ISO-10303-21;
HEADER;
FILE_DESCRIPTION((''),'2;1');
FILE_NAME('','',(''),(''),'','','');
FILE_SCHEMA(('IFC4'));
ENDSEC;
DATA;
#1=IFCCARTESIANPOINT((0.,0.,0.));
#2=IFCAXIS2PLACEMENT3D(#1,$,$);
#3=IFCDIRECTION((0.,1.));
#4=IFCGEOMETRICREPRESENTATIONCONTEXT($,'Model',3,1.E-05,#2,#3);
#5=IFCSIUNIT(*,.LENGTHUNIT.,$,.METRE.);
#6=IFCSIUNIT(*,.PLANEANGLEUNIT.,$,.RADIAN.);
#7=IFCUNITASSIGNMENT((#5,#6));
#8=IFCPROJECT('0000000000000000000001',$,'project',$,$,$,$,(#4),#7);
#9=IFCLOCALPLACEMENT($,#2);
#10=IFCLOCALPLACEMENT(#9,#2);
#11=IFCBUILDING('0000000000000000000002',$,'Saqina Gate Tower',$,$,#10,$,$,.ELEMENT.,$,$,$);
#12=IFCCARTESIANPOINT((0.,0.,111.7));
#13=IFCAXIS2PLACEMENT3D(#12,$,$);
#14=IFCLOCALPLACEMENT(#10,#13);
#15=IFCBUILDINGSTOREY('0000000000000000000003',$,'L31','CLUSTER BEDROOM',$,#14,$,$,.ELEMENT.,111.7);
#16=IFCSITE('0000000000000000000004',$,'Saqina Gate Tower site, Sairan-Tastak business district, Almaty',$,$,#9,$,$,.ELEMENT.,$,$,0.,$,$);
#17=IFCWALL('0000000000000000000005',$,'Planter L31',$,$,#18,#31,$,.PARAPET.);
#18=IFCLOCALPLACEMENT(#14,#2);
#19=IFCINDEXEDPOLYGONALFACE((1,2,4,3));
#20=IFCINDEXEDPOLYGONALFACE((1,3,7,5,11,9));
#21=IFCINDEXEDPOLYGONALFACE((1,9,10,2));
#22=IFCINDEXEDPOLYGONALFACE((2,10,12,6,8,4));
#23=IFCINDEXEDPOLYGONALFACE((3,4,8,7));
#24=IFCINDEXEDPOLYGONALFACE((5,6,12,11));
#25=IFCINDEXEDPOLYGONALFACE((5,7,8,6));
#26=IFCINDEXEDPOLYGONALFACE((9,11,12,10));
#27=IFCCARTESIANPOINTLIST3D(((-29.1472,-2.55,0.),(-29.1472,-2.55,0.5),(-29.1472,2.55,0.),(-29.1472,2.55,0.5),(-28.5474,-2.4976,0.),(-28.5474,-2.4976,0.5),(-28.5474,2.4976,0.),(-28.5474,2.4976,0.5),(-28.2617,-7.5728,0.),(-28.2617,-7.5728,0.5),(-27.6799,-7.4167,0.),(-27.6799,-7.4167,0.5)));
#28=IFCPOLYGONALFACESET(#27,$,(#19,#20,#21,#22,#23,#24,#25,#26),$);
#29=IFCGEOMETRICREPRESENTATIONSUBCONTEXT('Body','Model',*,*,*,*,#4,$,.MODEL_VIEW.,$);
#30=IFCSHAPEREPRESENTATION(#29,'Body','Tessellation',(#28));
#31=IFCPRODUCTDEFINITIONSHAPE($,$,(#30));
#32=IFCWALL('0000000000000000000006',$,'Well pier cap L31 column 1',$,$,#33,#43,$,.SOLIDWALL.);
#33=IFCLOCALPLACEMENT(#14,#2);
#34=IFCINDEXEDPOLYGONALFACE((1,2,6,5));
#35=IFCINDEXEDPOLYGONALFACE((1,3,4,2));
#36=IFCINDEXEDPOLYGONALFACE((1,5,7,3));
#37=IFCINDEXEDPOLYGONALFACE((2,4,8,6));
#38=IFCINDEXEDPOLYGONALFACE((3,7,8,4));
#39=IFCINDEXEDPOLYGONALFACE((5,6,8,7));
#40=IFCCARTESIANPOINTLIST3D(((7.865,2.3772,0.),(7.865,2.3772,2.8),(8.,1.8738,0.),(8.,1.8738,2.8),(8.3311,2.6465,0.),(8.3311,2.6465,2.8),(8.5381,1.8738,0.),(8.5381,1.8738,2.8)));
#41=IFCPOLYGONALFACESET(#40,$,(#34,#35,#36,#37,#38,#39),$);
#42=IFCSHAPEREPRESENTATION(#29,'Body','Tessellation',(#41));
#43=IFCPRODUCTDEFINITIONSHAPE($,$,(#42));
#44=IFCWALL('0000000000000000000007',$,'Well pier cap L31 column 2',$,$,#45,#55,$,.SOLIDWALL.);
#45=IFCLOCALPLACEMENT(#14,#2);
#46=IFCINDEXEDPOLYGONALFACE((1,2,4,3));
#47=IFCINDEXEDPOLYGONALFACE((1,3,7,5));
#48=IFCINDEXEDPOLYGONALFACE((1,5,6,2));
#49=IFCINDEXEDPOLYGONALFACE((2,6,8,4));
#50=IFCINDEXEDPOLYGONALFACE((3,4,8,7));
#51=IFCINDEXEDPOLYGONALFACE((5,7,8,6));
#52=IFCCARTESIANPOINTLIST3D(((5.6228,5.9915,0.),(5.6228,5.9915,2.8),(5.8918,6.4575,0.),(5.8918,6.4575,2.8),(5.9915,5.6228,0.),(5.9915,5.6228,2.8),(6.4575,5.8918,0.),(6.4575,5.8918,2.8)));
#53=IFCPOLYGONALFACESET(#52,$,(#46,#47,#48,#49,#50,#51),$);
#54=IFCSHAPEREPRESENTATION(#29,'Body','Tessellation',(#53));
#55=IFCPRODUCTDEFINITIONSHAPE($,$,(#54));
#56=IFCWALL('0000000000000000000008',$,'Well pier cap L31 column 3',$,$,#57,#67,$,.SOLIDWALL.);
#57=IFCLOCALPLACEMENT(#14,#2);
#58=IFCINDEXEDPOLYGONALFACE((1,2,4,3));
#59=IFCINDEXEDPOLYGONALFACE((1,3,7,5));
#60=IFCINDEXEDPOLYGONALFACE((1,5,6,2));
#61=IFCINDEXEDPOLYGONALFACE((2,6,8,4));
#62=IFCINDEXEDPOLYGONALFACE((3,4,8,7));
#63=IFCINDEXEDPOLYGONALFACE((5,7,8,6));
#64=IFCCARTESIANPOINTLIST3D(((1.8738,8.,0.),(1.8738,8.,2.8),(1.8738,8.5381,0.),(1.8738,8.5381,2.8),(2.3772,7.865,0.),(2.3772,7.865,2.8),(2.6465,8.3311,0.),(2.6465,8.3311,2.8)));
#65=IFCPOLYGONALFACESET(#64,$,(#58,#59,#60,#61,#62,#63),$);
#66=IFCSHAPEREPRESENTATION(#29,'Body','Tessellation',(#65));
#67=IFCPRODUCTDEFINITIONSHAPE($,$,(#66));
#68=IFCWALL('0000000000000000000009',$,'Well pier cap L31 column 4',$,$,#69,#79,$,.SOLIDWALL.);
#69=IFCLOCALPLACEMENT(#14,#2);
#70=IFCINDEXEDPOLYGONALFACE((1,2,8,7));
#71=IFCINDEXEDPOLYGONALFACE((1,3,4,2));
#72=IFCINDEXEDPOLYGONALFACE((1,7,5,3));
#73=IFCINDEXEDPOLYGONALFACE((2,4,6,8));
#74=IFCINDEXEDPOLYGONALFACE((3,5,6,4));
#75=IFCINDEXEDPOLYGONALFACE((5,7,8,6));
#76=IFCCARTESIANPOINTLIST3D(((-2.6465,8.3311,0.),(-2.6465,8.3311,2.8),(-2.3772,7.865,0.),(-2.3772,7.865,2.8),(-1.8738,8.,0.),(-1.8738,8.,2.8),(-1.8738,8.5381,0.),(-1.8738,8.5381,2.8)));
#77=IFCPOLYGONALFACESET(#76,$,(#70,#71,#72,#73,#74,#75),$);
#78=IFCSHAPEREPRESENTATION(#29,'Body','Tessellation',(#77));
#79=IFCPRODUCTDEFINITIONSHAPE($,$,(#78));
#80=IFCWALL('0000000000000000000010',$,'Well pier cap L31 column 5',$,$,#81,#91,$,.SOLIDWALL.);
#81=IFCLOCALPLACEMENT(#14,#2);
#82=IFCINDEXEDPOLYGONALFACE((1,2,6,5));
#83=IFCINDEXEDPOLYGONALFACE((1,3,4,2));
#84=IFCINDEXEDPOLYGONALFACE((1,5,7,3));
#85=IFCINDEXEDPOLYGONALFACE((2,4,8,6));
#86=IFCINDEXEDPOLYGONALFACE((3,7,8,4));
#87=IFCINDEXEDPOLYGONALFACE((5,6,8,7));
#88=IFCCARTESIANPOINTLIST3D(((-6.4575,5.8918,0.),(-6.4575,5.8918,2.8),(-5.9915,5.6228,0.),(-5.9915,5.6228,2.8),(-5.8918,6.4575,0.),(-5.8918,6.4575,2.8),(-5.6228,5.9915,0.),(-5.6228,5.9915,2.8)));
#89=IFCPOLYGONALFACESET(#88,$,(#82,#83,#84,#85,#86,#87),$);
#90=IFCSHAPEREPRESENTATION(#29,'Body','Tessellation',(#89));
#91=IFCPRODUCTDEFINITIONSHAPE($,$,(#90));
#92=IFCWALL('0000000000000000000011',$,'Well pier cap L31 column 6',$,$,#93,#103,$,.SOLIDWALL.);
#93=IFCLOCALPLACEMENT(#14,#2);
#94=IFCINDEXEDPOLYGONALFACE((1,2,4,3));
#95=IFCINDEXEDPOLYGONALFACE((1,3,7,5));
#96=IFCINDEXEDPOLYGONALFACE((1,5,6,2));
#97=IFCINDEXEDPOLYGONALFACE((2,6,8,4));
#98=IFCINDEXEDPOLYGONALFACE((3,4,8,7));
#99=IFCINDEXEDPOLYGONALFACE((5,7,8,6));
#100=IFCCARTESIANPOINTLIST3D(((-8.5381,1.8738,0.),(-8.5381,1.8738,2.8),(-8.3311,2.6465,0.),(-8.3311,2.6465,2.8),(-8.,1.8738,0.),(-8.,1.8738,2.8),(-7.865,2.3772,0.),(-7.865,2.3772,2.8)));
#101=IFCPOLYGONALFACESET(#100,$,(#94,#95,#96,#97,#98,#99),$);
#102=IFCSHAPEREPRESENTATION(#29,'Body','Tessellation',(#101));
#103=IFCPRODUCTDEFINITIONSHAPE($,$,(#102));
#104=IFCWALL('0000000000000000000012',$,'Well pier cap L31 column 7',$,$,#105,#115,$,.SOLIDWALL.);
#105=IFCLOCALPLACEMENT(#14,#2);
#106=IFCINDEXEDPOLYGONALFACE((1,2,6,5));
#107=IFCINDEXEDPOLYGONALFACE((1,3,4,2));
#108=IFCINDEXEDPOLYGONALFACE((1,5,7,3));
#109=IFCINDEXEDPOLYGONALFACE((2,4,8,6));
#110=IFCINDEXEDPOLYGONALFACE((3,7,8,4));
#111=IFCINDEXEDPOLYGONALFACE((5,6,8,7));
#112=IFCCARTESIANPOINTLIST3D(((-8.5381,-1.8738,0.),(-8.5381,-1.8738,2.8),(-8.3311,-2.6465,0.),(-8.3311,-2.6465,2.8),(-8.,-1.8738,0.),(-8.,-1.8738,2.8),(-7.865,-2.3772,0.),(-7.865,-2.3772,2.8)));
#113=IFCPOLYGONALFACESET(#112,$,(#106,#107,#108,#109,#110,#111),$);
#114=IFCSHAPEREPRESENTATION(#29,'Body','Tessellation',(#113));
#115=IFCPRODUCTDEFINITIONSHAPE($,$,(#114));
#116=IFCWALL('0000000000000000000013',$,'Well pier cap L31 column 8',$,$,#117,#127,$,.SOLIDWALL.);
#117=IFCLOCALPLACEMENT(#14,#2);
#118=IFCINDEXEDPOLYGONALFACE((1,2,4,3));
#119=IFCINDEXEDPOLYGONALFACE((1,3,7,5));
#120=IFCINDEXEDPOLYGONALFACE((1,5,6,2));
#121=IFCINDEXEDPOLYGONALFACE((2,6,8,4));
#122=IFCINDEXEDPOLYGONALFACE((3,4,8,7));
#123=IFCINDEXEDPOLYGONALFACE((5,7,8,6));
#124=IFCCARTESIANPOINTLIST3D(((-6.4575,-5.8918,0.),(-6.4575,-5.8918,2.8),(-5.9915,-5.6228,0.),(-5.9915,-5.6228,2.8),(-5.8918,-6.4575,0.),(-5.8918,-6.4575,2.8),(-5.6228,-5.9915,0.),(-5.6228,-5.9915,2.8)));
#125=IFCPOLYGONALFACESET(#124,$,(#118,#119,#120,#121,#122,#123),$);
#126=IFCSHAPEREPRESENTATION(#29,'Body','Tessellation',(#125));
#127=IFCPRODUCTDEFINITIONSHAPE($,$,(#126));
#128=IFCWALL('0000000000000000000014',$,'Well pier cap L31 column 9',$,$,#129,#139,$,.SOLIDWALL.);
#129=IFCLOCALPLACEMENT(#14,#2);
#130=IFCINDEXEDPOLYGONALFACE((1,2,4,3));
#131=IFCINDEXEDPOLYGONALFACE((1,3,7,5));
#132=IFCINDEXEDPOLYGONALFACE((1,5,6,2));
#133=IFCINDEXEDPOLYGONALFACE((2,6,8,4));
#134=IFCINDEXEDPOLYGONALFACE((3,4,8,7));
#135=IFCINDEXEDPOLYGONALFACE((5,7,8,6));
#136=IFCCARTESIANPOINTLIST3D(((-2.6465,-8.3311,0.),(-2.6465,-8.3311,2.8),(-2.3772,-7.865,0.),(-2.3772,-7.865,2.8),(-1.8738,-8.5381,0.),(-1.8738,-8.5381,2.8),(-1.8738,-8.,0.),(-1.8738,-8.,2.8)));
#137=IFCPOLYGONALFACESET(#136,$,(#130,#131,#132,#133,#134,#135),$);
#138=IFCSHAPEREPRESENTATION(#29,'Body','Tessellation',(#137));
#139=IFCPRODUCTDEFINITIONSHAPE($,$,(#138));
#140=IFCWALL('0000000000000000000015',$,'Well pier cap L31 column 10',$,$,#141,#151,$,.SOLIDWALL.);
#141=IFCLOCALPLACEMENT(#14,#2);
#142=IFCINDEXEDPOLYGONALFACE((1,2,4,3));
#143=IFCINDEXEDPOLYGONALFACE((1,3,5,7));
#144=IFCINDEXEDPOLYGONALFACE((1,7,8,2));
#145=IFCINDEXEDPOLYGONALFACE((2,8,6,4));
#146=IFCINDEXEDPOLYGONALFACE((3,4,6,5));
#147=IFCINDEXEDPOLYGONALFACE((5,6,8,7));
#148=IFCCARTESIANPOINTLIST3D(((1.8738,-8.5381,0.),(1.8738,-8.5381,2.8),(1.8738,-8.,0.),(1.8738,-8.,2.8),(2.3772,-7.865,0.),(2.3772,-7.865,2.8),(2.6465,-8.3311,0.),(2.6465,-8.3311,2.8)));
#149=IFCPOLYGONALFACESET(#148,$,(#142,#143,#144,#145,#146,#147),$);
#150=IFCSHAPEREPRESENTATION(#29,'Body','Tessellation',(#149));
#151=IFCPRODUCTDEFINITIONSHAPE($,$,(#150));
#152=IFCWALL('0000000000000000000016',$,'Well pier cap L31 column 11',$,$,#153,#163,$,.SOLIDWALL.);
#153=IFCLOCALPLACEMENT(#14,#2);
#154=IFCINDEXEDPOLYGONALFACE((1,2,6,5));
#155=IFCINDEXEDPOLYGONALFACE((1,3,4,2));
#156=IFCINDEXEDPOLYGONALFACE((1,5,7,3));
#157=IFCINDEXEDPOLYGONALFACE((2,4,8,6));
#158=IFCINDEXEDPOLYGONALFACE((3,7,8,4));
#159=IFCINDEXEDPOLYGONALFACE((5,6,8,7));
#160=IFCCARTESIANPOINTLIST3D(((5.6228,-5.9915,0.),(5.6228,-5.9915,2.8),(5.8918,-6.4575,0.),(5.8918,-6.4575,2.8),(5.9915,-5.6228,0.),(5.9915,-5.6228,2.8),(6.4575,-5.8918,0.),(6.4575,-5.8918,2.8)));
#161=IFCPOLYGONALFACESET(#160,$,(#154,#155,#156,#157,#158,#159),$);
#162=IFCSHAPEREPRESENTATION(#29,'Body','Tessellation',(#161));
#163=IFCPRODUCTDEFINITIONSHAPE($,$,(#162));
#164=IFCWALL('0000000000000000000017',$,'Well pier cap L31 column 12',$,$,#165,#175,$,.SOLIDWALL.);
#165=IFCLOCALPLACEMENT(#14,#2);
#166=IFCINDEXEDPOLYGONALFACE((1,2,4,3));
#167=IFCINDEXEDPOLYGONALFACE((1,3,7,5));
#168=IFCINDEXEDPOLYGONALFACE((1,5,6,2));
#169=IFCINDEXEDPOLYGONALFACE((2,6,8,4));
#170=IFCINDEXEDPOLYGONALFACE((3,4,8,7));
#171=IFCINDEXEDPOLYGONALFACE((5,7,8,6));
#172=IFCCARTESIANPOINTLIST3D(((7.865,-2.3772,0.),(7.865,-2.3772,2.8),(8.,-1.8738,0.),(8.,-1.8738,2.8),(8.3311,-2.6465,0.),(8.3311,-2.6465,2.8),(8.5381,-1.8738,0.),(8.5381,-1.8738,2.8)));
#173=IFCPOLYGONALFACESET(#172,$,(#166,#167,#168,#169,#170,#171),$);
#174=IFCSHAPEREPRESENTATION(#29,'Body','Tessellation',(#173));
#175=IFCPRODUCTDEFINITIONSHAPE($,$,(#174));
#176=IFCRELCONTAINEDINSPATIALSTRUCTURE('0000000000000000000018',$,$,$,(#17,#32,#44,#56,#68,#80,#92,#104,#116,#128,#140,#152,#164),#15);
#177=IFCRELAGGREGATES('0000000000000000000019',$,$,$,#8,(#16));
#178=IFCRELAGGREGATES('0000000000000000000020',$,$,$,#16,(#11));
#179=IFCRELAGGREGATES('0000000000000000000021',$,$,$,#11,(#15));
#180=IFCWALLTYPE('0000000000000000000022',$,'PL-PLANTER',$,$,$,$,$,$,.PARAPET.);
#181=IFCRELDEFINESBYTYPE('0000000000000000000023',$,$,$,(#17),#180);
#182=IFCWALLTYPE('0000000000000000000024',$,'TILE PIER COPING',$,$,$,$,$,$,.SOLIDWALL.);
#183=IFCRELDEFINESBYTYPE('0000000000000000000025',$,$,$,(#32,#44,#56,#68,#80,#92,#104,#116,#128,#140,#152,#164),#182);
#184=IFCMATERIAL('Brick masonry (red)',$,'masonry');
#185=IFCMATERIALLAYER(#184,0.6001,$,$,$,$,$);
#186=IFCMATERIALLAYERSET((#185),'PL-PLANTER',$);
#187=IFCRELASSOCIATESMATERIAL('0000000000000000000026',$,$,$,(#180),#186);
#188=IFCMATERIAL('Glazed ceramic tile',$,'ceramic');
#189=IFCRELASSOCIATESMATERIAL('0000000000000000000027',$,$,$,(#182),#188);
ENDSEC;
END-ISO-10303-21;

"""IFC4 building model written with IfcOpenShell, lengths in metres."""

from ifc_helpers import new_model, si_unit, direction, frame, origin, place, context, subcontext, project, spatial, polyline, outline, extrude, material, layer, layer_set, type_object, element, save


model = new_model("IFC4")

# Units and contexts
model_context = context("Model", 3, precision=1e-05, world=origin(), true_north=direction((0.0, 1.0)))
body_context = subcontext(model_context, "Body", "Model", "MODEL_VIEW")
ifc_project = project(units=[si_unit("LENGTHUNIT", "METRE"), si_unit("PLANEANGLEUNIT", "RADIAN")], contexts=[model_context])

# Site, building, storey
site_placement = place(None, origin())
site = spatial("IfcSite", under=ifc_project, at=site_placement, Name="Saqina Gate Tower site, Sairan-Tastak business district, Almaty", CompositionType="ELEMENT", RefElevation=0.0)
building_placement = place(site_placement, origin())
building = spatial("IfcBuilding", under=site, at=building_placement, Name="Saqina Gate Tower", CompositionType="ELEMENT")
storey_placement = place(building_placement, frame((0.0, 0.0, 111.7)))
storey = spatial("IfcBuildingStorey", under=building, at=storey_placement, Name="L31", Description="CLUSTER BEDROOM", CompositionType="ELEMENT", Elevation=111.7)

# Walls
ifc_material_1 = material(Name="Brick masonry (red)", Category="masonry")
ifc_layer_1 = layer(ifc_material_1, 0.6001)
ifc_layer_set_1 = layer_set([ifc_layer_1], Name="PL-PLANTER")
wall_type_1 = type_object("IfcWallType", Name="PL-PLANTER", PredefinedType="PARAPET", material=ifc_layer_set_1)
wall_1_placement = place(storey_placement, origin())
element("IfcWall", 1, at=wall_1_placement, inside=storey, type_object=wall_type_1, Name="Planter L31", PredefinedType="PARAPET", context=body_context, shape_type="SweptSolid", body=[
    extrude(outline(polyline([(-29.1472, 2.55), (-29.1472, -2.55), (-28.2617, -7.5728), (-27.6799, -7.4167), (-28.5474, -2.4976), (-28.5474, 2.4976), (-29.1472, 2.55)])), origin(), (0.0, 0.0, 1.0), 0.5),
])
ifc_material_2 = material(Name="Glazed ceramic tile", Category="ceramic")
wall_type_2 = type_object("IfcWallType", Name="TILE PIER COPING", PredefinedType="SOLIDWALL", material=ifc_material_2)
wall_2_placement = place(storey_placement, origin())
element("IfcWall", 2, at=wall_2_placement, inside=storey, type_object=wall_type_2, Name="Well pier cap L31 column 1", PredefinedType="SOLIDWALL", context=body_context, shape_type="SweptSolid", body=[
    extrude(outline(polyline([(8.3311, 2.6465), (7.865, 2.3772), (8.0, 1.8738), (8.5381, 1.8738), (8.3311, 2.6465)])), origin(), (0.0, 0.0, 1.0), 2.8),
])
wall_3_placement = place(storey_placement, origin())
element("IfcWall", 3, at=wall_3_placement, inside=storey, type_object=wall_type_2, Name="Well pier cap L31 column 2", PredefinedType="SOLIDWALL", context=body_context, shape_type="SweptSolid", body=[
    extrude(outline(polyline([(5.8918, 6.4575), (5.6228, 5.9915), (5.9915, 5.6228), (6.4575, 5.8918), (5.8918, 6.4575)])), origin(), (0.0, 0.0, 1.0), 2.8),
])
wall_4_placement = place(storey_placement, origin())
element("IfcWall", 4, at=wall_4_placement, inside=storey, type_object=wall_type_2, Name="Well pier cap L31 column 3", PredefinedType="SOLIDWALL", context=body_context, shape_type="SweptSolid", body=[
    extrude(outline(polyline([(1.8738, 8.5381), (1.8738, 8.0), (2.3772, 7.865), (2.6465, 8.3311), (1.8738, 8.5381)])), origin(), (0.0, 0.0, 1.0), 2.8),
])
wall_5_placement = place(storey_placement, origin())
element("IfcWall", 5, at=wall_5_placement, inside=storey, type_object=wall_type_2, Name="Well pier cap L31 column 4", PredefinedType="SOLIDWALL", context=body_context, shape_type="SweptSolid", body=[
    extrude(outline(polyline([(-2.6465, 8.3311), (-2.3772, 7.865), (-1.8738, 8.0), (-1.8738, 8.5381), (-2.6465, 8.3311)])), origin(), (0.0, 0.0, 1.0), 2.8),
])
wall_6_placement = place(storey_placement, origin())
element("IfcWall", 6, at=wall_6_placement, inside=storey, type_object=wall_type_2, Name="Well pier cap L31 column 5", PredefinedType="SOLIDWALL", context=body_context, shape_type="SweptSolid", body=[
    extrude(outline(polyline([(-6.4575, 5.8918), (-5.9915, 5.6228), (-5.6228, 5.9915), (-5.8918, 6.4575), (-6.4575, 5.8918)])), origin(), (0.0, 0.0, 1.0), 2.8),
])
wall_7_placement = place(storey_placement, origin())
element("IfcWall", 7, at=wall_7_placement, inside=storey, type_object=wall_type_2, Name="Well pier cap L31 column 6", PredefinedType="SOLIDWALL", context=body_context, shape_type="SweptSolid", body=[
    extrude(outline(polyline([(-8.5381, 1.8738), (-8.0, 1.8738), (-7.865, 2.3772), (-8.3311, 2.6465), (-8.5381, 1.8738)])), origin(), (0.0, 0.0, 1.0), 2.8),
])
wall_8_placement = place(storey_placement, origin())
element("IfcWall", 8, at=wall_8_placement, inside=storey, type_object=wall_type_2, Name="Well pier cap L31 column 7", PredefinedType="SOLIDWALL", context=body_context, shape_type="SweptSolid", body=[
    extrude(outline(polyline([(-8.3311, -2.6465), (-7.865, -2.3772), (-8.0, -1.8738), (-8.5381, -1.8738), (-8.3311, -2.6465)])), origin(), (0.0, 0.0, 1.0), 2.8),
])
wall_9_placement = place(storey_placement, origin())
element("IfcWall", 9, at=wall_9_placement, inside=storey, type_object=wall_type_2, Name="Well pier cap L31 column 8", PredefinedType="SOLIDWALL", context=body_context, shape_type="SweptSolid", body=[
    extrude(outline(polyline([(-6.4575, -5.8918), (-5.8918, -6.4575), (-5.6228, -5.9915), (-5.9915, -5.6228), (-6.4575, -5.8918)])), origin(), (0.0, 0.0, 1.0), 2.8),
])
wall_10_placement = place(storey_placement, origin())
element("IfcWall", 10, at=wall_10_placement, inside=storey, type_object=wall_type_2, Name="Well pier cap L31 column 9", PredefinedType="SOLIDWALL", context=body_context, shape_type="SweptSolid", body=[
    extrude(outline(polyline([(-1.8738, -8.5381), (-1.8738, -8.0), (-2.3772, -7.865), (-2.6465, -8.3311), (-1.8738, -8.5381)])), origin(), (0.0, 0.0, 1.0), 2.8),
])
wall_11_placement = place(storey_placement, origin())
element("IfcWall", 11, at=wall_11_placement, inside=storey, type_object=wall_type_2, Name="Well pier cap L31 column 10", PredefinedType="SOLIDWALL", context=body_context, shape_type="SweptSolid", body=[
    extrude(outline(polyline([(2.6465, -8.3311), (2.3772, -7.865), (1.8738, -8.0), (1.8738, -8.5381), (2.6465, -8.3311)])), origin(), (0.0, 0.0, 1.0), 2.8),
])
wall_12_placement = place(storey_placement, origin())
element("IfcWall", 12, at=wall_12_placement, inside=storey, type_object=wall_type_2, Name="Well pier cap L31 column 11", PredefinedType="SOLIDWALL", context=body_context, shape_type="SweptSolid", body=[
    extrude(outline(polyline([(5.8918, -6.4575), (6.4575, -5.8918), (5.9915, -5.6228), (5.6228, -5.9915), (5.8918, -6.4575)])), origin(), (0.0, 0.0, 1.0), 2.8),
])
wall_13_placement = place(storey_placement, origin())
element("IfcWall", 13, at=wall_13_placement, inside=storey, type_object=wall_type_2, Name="Well pier cap L31 column 12", PredefinedType="SOLIDWALL", context=body_context, shape_type="SweptSolid", body=[
    extrude(outline(polyline([(8.5381, -1.8738), (8.0, -1.8738), (7.865, -2.3772), (8.3311, -2.6465), (8.5381, -1.8738)])), origin(), (0.0, 0.0, 1.0), 2.8),
])

save(model, "model.ifc")
